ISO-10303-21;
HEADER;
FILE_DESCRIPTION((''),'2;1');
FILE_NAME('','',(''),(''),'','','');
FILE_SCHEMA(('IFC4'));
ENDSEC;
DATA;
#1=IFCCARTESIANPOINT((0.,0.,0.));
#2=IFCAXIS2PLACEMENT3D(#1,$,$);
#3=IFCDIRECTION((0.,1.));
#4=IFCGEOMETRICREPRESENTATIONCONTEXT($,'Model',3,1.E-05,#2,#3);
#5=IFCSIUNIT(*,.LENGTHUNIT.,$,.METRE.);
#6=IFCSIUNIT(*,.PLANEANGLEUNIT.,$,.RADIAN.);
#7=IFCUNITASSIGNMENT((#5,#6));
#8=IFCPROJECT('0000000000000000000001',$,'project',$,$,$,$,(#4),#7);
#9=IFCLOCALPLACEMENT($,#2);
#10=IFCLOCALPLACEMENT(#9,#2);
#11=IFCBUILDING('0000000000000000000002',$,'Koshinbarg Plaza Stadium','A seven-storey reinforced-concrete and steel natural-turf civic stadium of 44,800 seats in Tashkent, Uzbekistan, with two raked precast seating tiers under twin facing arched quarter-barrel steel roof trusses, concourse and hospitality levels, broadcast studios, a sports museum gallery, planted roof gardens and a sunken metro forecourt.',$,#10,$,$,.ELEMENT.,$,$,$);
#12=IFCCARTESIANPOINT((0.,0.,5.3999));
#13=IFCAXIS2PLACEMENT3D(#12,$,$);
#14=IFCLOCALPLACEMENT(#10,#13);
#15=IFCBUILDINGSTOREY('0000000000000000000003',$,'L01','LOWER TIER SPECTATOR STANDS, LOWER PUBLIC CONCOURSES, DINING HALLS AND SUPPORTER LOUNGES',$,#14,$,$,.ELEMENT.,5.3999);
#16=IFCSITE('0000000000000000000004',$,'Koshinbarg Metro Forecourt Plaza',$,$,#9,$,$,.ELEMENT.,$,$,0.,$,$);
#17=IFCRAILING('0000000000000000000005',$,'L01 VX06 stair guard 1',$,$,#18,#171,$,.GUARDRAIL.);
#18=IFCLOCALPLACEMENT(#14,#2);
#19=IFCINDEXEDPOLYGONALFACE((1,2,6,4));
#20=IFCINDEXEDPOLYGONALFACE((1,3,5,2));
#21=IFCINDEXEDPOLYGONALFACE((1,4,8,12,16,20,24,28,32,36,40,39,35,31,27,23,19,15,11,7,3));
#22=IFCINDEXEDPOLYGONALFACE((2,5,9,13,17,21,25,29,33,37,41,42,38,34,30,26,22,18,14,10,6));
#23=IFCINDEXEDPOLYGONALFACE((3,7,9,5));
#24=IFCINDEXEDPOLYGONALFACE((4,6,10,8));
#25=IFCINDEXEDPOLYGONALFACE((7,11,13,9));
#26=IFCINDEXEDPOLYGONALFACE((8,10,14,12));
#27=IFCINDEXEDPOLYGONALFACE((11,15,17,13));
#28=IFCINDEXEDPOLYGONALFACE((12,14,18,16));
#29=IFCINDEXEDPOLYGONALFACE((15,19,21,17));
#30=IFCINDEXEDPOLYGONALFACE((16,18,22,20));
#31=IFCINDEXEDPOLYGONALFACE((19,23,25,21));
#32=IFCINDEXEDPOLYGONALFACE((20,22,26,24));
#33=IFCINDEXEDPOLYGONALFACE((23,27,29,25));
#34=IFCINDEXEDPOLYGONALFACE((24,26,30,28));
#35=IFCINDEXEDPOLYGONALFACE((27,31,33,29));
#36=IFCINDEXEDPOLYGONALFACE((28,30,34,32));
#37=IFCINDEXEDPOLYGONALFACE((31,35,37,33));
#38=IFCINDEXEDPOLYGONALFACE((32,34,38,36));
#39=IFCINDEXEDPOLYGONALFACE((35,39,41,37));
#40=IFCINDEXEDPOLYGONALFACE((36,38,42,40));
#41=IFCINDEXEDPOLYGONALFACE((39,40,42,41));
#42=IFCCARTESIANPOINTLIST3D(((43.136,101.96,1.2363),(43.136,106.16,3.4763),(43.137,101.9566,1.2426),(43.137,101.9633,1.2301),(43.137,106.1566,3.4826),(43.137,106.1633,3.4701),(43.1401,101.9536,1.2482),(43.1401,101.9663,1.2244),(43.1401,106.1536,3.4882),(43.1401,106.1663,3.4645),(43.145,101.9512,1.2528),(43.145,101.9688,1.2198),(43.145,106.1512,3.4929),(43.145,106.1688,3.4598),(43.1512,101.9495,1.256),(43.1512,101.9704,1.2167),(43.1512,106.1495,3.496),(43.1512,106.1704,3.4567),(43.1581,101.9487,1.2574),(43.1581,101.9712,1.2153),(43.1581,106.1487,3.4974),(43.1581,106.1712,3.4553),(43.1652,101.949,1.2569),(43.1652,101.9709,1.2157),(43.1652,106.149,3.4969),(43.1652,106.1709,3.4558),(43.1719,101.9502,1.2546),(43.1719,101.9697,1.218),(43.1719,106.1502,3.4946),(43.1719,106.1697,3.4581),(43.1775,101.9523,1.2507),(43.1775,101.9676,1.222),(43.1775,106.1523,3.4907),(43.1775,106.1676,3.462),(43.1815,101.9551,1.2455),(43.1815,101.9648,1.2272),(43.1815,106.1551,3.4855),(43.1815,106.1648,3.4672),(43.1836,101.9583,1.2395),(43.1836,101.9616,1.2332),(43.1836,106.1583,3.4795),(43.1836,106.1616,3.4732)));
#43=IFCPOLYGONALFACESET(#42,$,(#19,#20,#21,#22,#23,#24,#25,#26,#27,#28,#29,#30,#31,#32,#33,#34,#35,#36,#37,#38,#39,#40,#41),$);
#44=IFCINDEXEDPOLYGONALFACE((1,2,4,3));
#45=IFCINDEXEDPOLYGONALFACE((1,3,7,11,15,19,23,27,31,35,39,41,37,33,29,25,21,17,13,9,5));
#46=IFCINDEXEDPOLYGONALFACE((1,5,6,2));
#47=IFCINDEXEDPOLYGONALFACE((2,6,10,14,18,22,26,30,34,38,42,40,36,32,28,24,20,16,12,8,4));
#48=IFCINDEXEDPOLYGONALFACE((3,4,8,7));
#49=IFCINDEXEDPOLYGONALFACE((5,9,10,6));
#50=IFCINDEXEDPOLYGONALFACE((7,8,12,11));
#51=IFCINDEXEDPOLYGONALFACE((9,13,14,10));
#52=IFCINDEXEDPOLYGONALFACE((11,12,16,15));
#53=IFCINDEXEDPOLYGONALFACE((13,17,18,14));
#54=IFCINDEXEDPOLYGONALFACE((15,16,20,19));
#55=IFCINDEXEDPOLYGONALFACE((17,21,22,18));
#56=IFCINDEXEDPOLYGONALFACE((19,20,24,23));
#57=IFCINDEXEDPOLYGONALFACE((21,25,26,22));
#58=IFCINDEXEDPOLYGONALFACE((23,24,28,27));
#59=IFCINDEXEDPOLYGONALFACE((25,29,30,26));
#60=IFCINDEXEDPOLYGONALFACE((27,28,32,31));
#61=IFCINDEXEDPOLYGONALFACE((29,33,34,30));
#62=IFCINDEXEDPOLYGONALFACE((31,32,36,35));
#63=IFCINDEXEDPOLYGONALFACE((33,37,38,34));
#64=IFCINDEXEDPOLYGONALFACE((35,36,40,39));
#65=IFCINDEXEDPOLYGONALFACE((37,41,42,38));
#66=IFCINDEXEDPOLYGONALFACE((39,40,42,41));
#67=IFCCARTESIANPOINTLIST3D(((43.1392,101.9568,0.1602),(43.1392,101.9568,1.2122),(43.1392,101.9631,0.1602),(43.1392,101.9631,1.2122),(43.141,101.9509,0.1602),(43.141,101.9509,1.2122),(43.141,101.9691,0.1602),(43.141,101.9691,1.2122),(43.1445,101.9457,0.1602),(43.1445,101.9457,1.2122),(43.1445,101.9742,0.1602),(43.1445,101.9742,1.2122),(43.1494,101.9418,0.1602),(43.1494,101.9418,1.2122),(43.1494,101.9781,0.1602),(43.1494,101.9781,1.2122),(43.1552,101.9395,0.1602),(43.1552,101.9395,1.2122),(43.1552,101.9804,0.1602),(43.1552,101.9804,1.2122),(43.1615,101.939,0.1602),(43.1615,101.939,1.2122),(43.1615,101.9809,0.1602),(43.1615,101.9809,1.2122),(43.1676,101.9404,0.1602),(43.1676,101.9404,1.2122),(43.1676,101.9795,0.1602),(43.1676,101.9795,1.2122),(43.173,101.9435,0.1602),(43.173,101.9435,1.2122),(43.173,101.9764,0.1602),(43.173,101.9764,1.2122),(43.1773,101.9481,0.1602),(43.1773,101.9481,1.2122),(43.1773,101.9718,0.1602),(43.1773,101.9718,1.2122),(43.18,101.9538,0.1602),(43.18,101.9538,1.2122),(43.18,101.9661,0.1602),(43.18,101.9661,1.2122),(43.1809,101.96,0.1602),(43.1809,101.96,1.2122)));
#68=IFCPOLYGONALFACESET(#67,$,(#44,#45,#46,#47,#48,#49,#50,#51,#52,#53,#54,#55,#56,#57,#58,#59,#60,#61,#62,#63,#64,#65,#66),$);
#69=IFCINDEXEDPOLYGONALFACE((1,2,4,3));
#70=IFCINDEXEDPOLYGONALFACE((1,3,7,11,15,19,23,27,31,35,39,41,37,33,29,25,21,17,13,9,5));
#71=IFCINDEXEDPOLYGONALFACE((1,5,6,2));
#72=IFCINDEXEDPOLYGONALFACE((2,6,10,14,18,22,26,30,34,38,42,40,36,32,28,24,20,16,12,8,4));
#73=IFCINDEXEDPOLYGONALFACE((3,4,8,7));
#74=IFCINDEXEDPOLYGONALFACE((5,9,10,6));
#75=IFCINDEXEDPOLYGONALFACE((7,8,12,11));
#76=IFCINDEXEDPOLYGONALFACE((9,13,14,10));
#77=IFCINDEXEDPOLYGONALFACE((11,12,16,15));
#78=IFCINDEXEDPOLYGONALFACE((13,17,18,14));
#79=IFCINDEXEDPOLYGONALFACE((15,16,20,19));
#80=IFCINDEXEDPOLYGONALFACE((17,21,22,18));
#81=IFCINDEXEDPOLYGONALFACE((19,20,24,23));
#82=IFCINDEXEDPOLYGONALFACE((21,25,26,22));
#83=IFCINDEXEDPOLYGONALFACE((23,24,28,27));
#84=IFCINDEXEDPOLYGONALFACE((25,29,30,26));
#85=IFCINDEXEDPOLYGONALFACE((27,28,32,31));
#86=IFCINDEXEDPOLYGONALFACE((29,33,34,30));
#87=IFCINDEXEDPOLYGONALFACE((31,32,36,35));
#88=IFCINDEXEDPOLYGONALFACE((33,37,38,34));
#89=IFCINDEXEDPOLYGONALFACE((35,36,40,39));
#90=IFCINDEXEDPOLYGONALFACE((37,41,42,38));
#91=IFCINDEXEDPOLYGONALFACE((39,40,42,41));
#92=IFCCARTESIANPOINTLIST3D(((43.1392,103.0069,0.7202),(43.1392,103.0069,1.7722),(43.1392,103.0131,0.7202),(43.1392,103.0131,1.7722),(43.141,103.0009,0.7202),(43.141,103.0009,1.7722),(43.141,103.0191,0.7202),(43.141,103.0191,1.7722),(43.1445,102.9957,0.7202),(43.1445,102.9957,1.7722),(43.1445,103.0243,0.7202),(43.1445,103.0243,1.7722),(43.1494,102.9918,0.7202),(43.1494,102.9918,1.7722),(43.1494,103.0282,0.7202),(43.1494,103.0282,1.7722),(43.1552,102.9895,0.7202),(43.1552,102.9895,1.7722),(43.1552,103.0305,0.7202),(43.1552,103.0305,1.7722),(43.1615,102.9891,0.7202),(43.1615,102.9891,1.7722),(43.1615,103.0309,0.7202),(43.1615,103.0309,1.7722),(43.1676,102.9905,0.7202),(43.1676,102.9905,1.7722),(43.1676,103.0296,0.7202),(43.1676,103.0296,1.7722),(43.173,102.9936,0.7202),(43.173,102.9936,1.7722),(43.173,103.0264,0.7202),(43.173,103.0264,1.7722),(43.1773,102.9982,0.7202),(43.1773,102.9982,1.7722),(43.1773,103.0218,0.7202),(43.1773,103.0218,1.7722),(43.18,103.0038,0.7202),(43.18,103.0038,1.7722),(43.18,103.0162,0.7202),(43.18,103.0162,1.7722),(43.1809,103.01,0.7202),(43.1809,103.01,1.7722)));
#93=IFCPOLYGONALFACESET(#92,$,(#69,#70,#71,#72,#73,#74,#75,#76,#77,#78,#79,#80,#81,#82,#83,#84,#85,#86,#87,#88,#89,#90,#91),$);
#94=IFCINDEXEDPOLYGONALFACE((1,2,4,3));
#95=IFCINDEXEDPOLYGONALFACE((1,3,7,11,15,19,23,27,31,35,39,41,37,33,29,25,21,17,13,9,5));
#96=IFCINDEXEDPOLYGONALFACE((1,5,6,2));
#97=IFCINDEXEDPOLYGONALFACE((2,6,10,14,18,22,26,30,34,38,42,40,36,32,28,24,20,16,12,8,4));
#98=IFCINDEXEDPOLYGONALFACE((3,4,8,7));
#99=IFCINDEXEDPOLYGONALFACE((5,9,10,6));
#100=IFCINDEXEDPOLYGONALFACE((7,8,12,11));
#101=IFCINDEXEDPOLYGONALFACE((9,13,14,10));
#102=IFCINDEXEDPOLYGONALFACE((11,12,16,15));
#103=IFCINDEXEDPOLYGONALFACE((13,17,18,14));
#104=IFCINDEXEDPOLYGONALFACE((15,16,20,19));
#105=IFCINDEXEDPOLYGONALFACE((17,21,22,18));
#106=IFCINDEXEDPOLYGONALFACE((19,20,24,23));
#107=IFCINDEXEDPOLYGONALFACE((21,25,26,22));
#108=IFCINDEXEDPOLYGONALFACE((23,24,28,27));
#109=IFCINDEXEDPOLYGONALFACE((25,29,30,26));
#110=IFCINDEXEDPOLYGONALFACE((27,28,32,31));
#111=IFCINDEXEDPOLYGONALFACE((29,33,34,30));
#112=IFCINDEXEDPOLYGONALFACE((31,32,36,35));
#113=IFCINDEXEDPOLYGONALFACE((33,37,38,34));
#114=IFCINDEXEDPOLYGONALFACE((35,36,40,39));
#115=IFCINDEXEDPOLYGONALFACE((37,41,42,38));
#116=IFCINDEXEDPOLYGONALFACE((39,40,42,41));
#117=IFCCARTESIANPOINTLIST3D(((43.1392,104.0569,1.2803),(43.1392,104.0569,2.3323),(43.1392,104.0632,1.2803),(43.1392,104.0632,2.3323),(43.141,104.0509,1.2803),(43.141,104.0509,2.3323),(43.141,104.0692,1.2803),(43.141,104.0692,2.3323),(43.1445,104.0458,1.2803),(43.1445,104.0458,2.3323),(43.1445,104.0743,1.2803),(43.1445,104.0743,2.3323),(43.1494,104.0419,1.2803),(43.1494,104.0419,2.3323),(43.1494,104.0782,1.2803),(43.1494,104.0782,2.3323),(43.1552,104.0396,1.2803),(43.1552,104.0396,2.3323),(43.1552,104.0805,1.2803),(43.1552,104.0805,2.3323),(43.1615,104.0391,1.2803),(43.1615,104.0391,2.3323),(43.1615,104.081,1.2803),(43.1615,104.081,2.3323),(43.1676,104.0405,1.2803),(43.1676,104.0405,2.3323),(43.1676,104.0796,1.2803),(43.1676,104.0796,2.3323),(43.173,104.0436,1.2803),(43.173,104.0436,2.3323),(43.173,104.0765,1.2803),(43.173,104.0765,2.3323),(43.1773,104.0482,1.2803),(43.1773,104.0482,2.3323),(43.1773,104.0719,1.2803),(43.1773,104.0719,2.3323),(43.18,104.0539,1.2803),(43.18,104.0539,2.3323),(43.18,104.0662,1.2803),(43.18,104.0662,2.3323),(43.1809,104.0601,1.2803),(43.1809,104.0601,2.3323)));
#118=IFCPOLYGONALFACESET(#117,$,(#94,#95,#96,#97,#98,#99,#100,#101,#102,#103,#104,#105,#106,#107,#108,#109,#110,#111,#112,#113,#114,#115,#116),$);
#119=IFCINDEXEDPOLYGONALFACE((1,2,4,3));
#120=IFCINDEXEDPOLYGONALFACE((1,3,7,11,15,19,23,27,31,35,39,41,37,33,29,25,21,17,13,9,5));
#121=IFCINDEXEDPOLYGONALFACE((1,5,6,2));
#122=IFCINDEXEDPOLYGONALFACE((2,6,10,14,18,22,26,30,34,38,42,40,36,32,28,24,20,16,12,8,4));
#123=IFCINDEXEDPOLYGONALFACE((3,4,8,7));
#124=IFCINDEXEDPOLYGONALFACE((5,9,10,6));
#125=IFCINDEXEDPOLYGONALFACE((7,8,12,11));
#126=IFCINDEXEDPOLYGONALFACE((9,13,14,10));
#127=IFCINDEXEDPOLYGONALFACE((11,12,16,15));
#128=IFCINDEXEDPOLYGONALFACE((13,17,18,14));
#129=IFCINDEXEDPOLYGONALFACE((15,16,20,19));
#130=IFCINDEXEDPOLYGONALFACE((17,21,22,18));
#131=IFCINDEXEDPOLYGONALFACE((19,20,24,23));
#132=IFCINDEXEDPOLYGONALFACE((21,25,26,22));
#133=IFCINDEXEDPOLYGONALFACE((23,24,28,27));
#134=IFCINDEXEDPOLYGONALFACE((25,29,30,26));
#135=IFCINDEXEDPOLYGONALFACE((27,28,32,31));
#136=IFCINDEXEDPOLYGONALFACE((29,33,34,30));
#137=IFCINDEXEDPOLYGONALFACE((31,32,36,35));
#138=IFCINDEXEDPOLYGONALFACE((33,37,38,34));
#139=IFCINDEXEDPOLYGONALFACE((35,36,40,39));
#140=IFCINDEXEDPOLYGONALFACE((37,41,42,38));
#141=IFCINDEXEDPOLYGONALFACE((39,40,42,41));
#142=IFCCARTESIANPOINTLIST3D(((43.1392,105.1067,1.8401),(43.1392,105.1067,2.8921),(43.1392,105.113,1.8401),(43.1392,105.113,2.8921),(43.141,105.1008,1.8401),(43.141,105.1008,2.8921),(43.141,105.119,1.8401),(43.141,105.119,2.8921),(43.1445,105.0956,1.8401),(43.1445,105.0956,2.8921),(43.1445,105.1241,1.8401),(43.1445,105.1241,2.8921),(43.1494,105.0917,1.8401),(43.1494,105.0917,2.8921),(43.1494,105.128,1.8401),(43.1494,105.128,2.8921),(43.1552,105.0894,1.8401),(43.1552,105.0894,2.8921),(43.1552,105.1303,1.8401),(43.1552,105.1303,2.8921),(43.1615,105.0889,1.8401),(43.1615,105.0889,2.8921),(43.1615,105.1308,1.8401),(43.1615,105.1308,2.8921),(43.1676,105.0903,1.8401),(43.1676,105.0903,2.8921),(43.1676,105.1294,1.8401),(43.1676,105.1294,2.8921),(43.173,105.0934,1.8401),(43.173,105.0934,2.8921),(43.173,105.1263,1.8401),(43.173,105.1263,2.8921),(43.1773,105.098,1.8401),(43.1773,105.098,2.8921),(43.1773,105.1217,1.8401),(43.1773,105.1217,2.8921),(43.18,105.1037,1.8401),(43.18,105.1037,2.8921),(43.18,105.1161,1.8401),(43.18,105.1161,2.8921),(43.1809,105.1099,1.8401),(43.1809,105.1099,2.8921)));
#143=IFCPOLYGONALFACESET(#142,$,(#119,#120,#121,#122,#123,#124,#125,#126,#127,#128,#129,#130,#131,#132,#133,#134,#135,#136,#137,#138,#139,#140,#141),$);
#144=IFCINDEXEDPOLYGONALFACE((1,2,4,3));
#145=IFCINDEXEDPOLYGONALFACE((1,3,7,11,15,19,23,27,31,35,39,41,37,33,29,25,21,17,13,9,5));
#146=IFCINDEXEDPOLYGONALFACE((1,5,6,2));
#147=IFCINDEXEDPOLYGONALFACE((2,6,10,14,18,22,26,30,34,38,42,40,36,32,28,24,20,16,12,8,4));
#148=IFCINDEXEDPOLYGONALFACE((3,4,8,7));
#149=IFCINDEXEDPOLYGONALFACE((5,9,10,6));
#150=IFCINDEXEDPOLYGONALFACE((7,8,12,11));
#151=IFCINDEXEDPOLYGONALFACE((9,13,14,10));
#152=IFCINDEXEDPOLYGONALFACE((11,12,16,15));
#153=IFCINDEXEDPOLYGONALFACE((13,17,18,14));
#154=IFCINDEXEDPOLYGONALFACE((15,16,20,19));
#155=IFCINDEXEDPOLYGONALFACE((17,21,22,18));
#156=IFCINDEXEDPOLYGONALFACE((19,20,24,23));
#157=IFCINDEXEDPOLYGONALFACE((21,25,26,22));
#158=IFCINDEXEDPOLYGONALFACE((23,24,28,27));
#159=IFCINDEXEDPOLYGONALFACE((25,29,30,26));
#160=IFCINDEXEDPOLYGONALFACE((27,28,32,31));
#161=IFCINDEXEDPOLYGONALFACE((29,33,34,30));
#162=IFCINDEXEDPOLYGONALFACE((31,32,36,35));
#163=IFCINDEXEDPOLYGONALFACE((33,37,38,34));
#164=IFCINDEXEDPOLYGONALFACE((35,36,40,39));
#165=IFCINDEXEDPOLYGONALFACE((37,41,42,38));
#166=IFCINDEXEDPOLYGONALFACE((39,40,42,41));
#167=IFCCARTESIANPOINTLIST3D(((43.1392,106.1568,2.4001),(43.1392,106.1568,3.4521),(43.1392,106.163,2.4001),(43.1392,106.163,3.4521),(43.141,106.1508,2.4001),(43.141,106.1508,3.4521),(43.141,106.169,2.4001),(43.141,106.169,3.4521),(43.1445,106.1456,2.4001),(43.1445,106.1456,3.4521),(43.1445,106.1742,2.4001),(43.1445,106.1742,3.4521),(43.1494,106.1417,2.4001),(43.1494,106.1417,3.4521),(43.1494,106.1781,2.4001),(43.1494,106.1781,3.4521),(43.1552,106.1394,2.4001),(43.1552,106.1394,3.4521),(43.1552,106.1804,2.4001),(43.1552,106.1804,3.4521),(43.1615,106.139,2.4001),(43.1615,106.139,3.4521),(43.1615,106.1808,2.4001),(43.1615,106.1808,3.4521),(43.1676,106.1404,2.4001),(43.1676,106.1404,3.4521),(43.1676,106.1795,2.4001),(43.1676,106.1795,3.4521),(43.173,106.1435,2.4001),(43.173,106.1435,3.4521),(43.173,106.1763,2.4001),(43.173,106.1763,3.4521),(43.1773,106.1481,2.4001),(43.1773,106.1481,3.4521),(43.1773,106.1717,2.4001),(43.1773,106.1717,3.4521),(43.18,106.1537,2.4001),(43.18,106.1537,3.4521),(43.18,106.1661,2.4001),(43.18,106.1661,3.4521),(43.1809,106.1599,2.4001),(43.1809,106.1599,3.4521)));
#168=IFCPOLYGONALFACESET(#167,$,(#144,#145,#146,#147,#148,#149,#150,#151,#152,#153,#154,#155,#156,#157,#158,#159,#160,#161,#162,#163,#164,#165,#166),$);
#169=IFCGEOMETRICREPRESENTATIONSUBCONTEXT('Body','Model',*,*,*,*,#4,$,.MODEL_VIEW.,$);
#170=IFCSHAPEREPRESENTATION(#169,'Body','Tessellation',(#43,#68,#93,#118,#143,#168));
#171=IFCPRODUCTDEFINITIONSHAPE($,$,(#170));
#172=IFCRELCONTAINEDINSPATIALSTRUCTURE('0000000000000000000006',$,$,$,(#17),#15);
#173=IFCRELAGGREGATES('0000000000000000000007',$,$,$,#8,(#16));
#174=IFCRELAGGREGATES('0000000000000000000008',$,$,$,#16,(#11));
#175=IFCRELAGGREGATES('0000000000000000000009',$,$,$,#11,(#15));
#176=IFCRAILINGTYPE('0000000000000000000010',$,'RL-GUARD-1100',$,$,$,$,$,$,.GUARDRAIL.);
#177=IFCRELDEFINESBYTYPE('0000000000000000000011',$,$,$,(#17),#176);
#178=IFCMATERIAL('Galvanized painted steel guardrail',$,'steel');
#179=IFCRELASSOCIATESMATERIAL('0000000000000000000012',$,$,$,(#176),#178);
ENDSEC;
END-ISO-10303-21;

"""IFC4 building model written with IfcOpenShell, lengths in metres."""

from ifc_helpers import new_model, si_unit, direction, frame, origin, origin_2d, place, context, subcontext, project, spatial, circle, extrude, material, type_object, element, save


model = new_model("IFC4")

# Units and contexts
model_context = context("Model", 3, precision=1e-05, world=origin(), true_north=direction((0.0, 1.0)))
body_context = subcontext(model_context, "Body", "Model", "MODEL_VIEW")
ifc_project = project(units=[si_unit("LENGTHUNIT", "METRE"), si_unit("PLANEANGLEUNIT", "RADIAN")], contexts=[model_context])

# Site, building, storey
site_placement = place(None, origin())
site = spatial("IfcSite", under=ifc_project, at=site_placement, Name="Koshinbarg Metro Forecourt Plaza", CompositionType="ELEMENT", RefElevation=0.0)
building_placement = place(site_placement, origin())
building = spatial("IfcBuilding", under=site, at=building_placement, Name="Koshinbarg Plaza Stadium", Description="A seven-storey reinforced-concrete and steel natural-turf civic stadium of 44,800 seats in Tashkent, Uzbekistan, with two raked precast seating tiers under twin facing arched quarter-barrel steel roof trusses, concourse and hospitality levels, broadcast studios, a sports museum gallery, planted roof gardens and a sunken metro forecourt.", CompositionType="ELEMENT")
storey_placement = place(building_placement, frame((0.0, 0.0, 5.3999)))
storey = spatial("IfcBuildingStorey", under=building, at=storey_placement, Name="L01", Description="LOWER TIER SPECTATOR STANDS, LOWER PUBLIC CONCOURSES, DINING HALLS AND SUPPORTER LOUNGES", CompositionType="ELEMENT", Elevation=5.3999)

# Railing
ifc_material_1 = material(Name="Galvanized painted steel guardrail", Category="steel")
railing_type_1 = type_object("IfcRailingType", Name="RL-GUARD-1100", PredefinedType="GUARDRAIL", material=ifc_material_1)
for number, where, name in (
    (1, (43.1599, 101.96, 0.1602), "L01 VX06 stair guard 1"),
):
    element("IfcRailing", number, at=place(storey_placement, frame(where)), inside=storey, type_object=railing_type_1, Name=name, PredefinedType="GUARDRAIL", context=body_context, shape_type="SweptSolid", body=[
        extrude(circle(Radius=0.0239, at=origin_2d()), frame((0.0, 0.0, 1.0762), z_axis=(0.0, 0.882352, 0.470591), x_axis=(-1.0, 0.0, 0.0)), (0.0, 0.0, 1.0), 4.76),
        extrude(circle(Radius=0.021, at=origin_2d()), origin(), (0.0, 0.0, 1.0), 1.052),
        extrude(circle(Radius=0.021, at=origin_2d()), frame((0.0, 1.05, 0.5601)), (0.0, 0.0, 1.0), 1.052),
        extrude(circle(Radius=0.021, at=origin_2d()), frame((0.0, 2.1001, 1.1201)), (0.0, 0.0, 1.0), 1.052),
        extrude(circle(Radius=0.021, at=origin_2d()), frame((0.0, 3.1499, 1.6799)), (0.0, 0.0, 1.0), 1.052),
        extrude(circle(Radius=0.021, at=origin_2d()), frame((0.0, 4.2, 2.24)), (0.0, 0.0, 1.0), 1.052),
    ])

save(model, "model.ifc")
